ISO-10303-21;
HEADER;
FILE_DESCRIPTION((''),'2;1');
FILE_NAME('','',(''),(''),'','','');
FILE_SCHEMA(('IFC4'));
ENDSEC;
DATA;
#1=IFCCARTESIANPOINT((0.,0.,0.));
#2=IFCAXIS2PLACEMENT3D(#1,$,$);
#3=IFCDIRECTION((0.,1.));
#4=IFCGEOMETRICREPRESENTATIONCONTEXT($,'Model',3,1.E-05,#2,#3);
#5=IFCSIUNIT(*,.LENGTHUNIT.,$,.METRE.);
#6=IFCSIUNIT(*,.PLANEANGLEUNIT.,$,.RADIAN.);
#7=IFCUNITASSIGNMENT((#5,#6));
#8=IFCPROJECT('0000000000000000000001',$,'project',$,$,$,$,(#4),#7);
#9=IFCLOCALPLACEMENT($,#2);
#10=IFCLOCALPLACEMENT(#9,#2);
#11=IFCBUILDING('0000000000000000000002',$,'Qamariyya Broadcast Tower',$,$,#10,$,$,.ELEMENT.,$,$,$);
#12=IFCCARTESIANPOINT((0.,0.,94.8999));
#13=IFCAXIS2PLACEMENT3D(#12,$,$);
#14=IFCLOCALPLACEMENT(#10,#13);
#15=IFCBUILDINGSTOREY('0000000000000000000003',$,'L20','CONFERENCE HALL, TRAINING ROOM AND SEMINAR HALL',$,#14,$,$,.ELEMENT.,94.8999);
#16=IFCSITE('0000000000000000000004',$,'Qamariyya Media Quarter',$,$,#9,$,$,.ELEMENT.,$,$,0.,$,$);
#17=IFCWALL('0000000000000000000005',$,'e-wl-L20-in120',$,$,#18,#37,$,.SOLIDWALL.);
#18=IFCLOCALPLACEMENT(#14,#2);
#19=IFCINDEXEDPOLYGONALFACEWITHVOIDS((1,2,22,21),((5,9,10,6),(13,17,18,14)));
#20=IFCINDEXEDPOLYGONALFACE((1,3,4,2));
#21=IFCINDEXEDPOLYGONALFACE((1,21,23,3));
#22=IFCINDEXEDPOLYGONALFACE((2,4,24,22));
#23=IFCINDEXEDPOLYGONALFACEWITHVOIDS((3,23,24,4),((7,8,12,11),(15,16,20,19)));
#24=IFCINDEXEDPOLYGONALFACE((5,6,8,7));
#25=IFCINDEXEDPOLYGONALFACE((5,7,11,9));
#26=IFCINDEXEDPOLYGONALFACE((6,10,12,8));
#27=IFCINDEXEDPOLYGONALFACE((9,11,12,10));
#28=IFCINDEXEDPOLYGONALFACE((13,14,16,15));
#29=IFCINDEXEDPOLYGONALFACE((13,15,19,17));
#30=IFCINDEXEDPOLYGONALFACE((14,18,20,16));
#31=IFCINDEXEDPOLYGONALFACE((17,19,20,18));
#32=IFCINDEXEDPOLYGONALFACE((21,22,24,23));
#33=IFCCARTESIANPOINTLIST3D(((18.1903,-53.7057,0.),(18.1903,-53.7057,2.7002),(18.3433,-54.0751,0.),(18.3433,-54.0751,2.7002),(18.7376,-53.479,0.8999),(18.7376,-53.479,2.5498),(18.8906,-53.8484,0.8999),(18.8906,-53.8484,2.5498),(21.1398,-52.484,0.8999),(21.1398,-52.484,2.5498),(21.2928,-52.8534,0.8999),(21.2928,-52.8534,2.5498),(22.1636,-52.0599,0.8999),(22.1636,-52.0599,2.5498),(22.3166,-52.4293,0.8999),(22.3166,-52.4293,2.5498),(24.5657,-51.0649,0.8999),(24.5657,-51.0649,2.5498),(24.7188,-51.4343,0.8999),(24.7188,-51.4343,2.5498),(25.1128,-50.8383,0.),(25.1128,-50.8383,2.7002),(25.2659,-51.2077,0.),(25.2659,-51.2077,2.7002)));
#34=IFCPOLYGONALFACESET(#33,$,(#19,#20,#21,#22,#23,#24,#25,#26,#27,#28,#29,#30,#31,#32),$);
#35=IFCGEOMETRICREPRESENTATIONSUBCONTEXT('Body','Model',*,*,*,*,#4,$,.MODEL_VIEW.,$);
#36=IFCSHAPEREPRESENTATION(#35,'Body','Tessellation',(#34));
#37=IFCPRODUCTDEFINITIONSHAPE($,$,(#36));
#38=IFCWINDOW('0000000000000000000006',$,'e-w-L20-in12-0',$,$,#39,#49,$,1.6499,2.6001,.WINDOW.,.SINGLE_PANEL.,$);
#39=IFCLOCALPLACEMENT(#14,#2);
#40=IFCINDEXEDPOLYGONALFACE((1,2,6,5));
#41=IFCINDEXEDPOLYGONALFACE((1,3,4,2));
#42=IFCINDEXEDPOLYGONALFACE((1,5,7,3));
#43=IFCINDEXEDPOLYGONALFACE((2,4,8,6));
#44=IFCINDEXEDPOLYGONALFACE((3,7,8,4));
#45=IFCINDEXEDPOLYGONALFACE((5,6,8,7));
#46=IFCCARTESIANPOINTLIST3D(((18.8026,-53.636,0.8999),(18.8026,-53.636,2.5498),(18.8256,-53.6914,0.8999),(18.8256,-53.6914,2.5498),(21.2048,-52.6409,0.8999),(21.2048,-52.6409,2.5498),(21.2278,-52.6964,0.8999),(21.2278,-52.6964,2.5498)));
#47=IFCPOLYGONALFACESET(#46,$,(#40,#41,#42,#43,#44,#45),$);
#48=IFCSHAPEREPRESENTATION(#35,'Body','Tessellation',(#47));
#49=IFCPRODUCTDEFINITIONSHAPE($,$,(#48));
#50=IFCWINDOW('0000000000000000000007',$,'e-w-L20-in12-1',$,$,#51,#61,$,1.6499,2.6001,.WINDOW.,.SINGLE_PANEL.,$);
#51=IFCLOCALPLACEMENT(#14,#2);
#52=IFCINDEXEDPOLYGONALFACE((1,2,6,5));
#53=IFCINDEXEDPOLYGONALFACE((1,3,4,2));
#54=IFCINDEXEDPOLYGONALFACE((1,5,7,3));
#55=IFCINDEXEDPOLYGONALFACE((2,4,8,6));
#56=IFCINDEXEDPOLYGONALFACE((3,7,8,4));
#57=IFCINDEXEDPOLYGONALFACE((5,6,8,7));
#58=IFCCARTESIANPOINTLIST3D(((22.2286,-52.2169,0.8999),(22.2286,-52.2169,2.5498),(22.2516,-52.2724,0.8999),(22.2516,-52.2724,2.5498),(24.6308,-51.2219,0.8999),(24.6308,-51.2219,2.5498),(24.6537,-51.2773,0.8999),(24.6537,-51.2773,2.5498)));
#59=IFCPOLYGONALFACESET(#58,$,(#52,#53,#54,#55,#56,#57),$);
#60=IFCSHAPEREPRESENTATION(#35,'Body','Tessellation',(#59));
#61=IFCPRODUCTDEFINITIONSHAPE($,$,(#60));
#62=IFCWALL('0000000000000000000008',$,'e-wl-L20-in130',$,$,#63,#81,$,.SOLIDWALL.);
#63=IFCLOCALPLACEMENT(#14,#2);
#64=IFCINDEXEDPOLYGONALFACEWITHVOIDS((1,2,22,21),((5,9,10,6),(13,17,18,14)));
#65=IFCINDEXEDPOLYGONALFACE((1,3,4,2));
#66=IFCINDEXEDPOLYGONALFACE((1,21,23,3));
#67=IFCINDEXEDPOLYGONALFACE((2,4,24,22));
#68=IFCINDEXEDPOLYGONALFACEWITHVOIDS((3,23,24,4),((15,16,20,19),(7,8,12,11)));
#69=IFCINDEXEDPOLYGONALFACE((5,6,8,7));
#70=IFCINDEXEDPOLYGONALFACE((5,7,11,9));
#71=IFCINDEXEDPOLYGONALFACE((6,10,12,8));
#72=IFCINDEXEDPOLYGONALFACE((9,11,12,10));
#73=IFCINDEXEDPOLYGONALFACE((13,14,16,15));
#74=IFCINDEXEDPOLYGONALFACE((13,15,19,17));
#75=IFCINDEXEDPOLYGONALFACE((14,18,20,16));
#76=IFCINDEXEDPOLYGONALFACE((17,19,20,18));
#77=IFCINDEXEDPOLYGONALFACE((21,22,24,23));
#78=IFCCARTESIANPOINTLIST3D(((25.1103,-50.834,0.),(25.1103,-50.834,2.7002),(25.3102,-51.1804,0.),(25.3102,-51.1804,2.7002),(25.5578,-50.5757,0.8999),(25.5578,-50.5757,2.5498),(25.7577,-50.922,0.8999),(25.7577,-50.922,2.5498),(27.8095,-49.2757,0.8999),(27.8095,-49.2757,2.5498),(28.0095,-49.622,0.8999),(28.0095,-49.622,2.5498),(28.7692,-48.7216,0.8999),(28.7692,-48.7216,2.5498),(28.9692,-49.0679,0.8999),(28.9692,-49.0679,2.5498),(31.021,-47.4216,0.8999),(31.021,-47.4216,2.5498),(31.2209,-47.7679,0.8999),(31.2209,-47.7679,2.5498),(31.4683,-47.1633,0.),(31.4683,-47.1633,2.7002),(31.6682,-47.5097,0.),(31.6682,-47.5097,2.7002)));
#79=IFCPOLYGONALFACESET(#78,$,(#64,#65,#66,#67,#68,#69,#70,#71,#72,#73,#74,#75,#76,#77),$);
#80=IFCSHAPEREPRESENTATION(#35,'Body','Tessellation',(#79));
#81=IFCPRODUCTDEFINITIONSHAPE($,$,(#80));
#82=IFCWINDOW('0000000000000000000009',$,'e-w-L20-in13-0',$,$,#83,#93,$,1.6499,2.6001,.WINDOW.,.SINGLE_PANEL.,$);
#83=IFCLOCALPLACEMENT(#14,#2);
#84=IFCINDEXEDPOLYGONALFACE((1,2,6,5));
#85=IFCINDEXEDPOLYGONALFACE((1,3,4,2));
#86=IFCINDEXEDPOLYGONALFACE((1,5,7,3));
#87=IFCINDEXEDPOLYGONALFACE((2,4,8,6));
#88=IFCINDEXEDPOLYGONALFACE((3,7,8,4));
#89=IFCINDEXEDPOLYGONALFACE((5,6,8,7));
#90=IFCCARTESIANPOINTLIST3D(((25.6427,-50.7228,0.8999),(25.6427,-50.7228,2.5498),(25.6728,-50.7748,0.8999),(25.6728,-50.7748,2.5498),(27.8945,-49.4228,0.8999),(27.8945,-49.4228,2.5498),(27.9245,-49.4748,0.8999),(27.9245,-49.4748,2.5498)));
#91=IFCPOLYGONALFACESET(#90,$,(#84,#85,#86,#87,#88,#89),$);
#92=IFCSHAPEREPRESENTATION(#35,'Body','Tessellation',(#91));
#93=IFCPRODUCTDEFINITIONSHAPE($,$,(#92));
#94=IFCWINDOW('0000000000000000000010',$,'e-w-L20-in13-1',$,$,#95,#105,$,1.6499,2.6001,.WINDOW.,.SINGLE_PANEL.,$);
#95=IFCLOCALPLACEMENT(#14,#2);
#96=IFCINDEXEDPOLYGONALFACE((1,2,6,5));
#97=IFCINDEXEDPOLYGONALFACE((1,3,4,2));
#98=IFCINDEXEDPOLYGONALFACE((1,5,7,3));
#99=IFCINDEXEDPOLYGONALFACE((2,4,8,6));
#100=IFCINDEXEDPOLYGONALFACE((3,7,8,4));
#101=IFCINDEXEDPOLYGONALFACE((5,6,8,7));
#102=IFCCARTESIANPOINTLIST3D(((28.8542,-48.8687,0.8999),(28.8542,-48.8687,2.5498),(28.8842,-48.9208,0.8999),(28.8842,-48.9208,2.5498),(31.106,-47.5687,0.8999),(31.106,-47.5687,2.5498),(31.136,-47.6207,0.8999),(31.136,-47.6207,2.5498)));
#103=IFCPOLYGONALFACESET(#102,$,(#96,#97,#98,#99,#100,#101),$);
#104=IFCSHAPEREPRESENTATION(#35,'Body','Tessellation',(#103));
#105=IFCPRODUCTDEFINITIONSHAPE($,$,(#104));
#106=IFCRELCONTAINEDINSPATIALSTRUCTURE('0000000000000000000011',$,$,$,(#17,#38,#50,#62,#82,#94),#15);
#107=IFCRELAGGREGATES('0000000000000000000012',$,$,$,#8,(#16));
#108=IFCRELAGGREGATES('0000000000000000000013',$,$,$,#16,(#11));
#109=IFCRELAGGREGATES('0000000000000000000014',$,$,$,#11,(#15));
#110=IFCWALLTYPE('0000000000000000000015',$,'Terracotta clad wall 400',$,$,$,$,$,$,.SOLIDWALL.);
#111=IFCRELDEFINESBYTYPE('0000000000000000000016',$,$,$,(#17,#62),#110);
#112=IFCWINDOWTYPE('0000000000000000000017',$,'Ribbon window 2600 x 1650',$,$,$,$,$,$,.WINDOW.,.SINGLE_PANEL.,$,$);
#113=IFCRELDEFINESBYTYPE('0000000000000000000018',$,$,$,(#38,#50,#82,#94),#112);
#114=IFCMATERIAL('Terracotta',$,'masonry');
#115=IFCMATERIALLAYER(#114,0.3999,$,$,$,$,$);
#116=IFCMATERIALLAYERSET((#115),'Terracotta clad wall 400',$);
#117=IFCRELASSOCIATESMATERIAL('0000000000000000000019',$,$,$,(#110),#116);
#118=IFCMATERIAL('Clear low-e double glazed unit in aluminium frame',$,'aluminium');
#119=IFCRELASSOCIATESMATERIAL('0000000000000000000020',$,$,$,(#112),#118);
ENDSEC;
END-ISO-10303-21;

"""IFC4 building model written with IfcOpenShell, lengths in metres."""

from ifc_helpers import new_model, si_unit, direction, frame, frame_2d, origin, place, context, subcontext, project, spatial, rectangle, extrude, material, layer, layer_set, type_object, element, fill, save


model = new_model("IFC4")

# Units and contexts
model_context = context("Model", 3, precision=1e-05, world=origin(), true_north=direction((0.0, 1.0)))
body_context = subcontext(model_context, "Body", "Model", "MODEL_VIEW")
ifc_project = project(units=[si_unit("LENGTHUNIT", "METRE"), si_unit("PLANEANGLEUNIT", "RADIAN")], contexts=[model_context])

# Site, building, storey
site_placement = place(None, origin())
site = spatial("IfcSite", under=ifc_project, at=site_placement, Name="Qamariyya Media Quarter", CompositionType="ELEMENT", RefElevation=0.0)
building_placement = place(site_placement, origin())
building = spatial("IfcBuilding", under=site, at=building_placement, Name="Qamariyya Broadcast Tower", CompositionType="ELEMENT")
storey_placement = place(building_placement, frame((0.0, 0.0, 94.8999)))
storey = spatial("IfcBuildingStorey", under=building, at=storey_placement, Name="L20", Description="CONFERENCE HALL, TRAINING ROOM AND SEMINAR HALL", CompositionType="ELEMENT", Elevation=94.8999)

# Walls, openings, windows
ifc_material_1 = material(Name="Terracotta", Category="masonry")
ifc_layer_1 = layer(ifc_material_1, 0.3999)
ifc_layer_set_1 = layer_set([ifc_layer_1], Name="Terracotta clad wall 400")
wall_type_1 = type_object("IfcWallType", Name="Terracotta clad wall 400", PredefinedType="SOLIDWALL", material=ifc_layer_set_1)
wall_1_placement = place(storey_placement, frame((25.1895, -51.0229, 0.0), z_axis=(0.0, 0.0, 1.0), x_axis=(-0.92388, -0.382683, 0.0)))
wall_1 = element("IfcWall", 1, at=wall_1_placement, inside=storey, type_object=wall_type_1, Name="e-wl-L20-in120", PredefinedType="SOLIDWALL", context=body_context, shape_type="SweptSolid", body=[
    extrude(rectangle(XDim=7.4929, YDim=0.3999, at=frame_2d((3.7466, 0.0))), origin(), (0.0, 0.0, 1.0), 2.7002),
])
opening_1_placement = place(wall_1_placement, frame((4.3005, 0.0, 0.8999)))
opening_1 = element("IfcOpeningElement", 2, at=opening_1_placement, cuts=wall_1, PredefinedType="OPENING", context=body_context, shape_type="SweptSolid", body=[
    extrude(rectangle(XDim=2.6001, YDim=1.6499, at=frame_2d((1.3, 0.825))), frame((0.0, 0.21, 0.0), z_axis=(0.0, -1.0, 0.0), x_axis=(1.0, 0.0, 0.0)), (0.0, 0.0, 1.0), 0.4199),
])
opening_2_placement = place(wall_1_placement, frame((0.5923, 0.0, 0.8999)))
opening_2 = element("IfcOpeningElement", 3, at=opening_2_placement, cuts=wall_1, PredefinedType="OPENING", context=body_context, shape_type="SweptSolid", body=[
    extrude(rectangle(XDim=2.6001, YDim=1.6499, at=frame_2d((1.3, 0.825))), frame((0.0, 0.21, 0.0), z_axis=(0.0, -1.0, 0.0), x_axis=(1.0, 0.0, 0.0)), (0.0, 0.0, 1.0), 0.4199),
])
ifc_material_2 = material(Name="Clear low-e double glazed unit in aluminium frame", Category="aluminium")
window_type = type_object("IfcWindowType", Name="Ribbon window 2600 x 1650", PartitioningType="SINGLE_PANEL", PredefinedType="WINDOW", material=ifc_material_2)
window_1_placement = place(opening_1_placement, origin())
window_1 = element("IfcWindow", 4, at=window_1_placement, inside=storey, type_object=window_type, Name="e-w-L20-in12-0", OverallHeight=1.6499, OverallWidth=2.6001, PartitioningType="SINGLE_PANEL", PredefinedType="WINDOW", context=body_context, shape_type="SweptSolid", body=[
    extrude(rectangle(XDim=2.6001, YDim=1.6499, at=frame_2d((1.3, 0.825))), frame((0.0, 0.03, 0.0), z_axis=(0.0, -1.0, 0.0), x_axis=(1.0, 0.0, 0.0)), (0.0, 0.0, 1.0), 0.0601),
])
fill(opening_1, window_1)
window_2_placement = place(opening_2_placement, origin())
window_2 = element("IfcWindow", 5, at=window_2_placement, inside=storey, type_object=window_type, Name="e-w-L20-in12-1", OverallHeight=1.6499, OverallWidth=2.6001, PartitioningType="SINGLE_PANEL", PredefinedType="WINDOW", context=body_context, shape_type="SweptSolid", body=[
    extrude(rectangle(XDim=2.6001, YDim=1.6499, at=frame_2d((1.3, 0.825))), frame((0.0, 0.03, 0.0), z_axis=(0.0, -1.0, 0.0), x_axis=(1.0, 0.0, 0.0)), (0.0, 0.0, 1.0), 0.0601),
])
fill(opening_2, window_2)
wall_2_placement = place(storey_placement, frame((31.5684, -47.3364, 0.0), z_axis=(0.0, 0.0, 1.0), x_axis=(-0.866031, -0.499991, 0.0)))
wall_2 = element("IfcWall", 6, at=wall_2_placement, inside=storey, type_object=wall_type_1, Name="e-wl-L20-in130", PredefinedType="SOLIDWALL", context=body_context, shape_type="SweptSolid", body=[
    extrude(rectangle(XDim=7.3416, YDim=0.3999, at=frame_2d((3.6709, 0.0))), origin(), (0.0, 0.0, 1.0), 2.7002),
])
opening_3_placement = place(wall_2_placement, frame((4.2249, 0.0, 0.8999)))
opening_3 = element("IfcOpeningElement", 7, at=opening_3_placement, cuts=wall_2, PredefinedType="OPENING", context=body_context, shape_type="SweptSolid", body=[
    extrude(rectangle(XDim=2.6001, YDim=1.6499, at=frame_2d((1.3, 0.825))), frame((0.0, 0.21, 0.0), z_axis=(0.0, -1.0, 0.0), x_axis=(1.0, 0.0, 0.0)), (0.0, 0.0, 1.0), 0.4199),
])
opening_4_placement = place(wall_2_placement, frame((0.5166, 0.0, 0.8999)))
opening_4 = element("IfcOpeningElement", 8, at=opening_4_placement, cuts=wall_2, PredefinedType="OPENING", context=body_context, shape_type="SweptSolid", body=[
    extrude(rectangle(XDim=2.6001, YDim=1.6499, at=frame_2d((1.3, 0.825))), frame((0.0, 0.21, 0.0), z_axis=(0.0, -1.0, 0.0), x_axis=(1.0, 0.0, 0.0)), (0.0, 0.0, 1.0), 0.4199),
])
window_3_placement = place(opening_3_placement, origin())
window_3 = element("IfcWindow", 9, at=window_3_placement, inside=storey, type_object=window_type, Name="e-w-L20-in13-0", OverallHeight=1.6499, OverallWidth=2.6001, PartitioningType="SINGLE_PANEL", PredefinedType="WINDOW", context=body_context, shape_type="SweptSolid", body=[
    extrude(rectangle(XDim=2.6001, YDim=1.6499, at=frame_2d((1.3, 0.825))), frame((0.0, 0.03, 0.0), z_axis=(0.0, -1.0, 0.0), x_axis=(1.0, 0.0, 0.0)), (0.0, 0.0, 1.0), 0.0601),
])
fill(opening_3, window_3)
window_4_placement = place(opening_4_placement, origin())
window_4 = element("IfcWindow", 10, at=window_4_placement, inside=storey, type_object=window_type, Name="e-w-L20-in13-1", OverallHeight=1.6499, OverallWidth=2.6001, PartitioningType="SINGLE_PANEL", PredefinedType="WINDOW", context=body_context, shape_type="SweptSolid", body=[
    extrude(rectangle(XDim=2.6001, YDim=1.6499, at=frame_2d((1.3, 0.825))), frame((0.0, 0.03, 0.0), z_axis=(0.0, -1.0, 0.0), x_axis=(1.0, 0.0, 0.0)), (0.0, 0.0, 1.0), 0.0601),
])
fill(opening_4, window_4)

save(model, "model.ifc")
